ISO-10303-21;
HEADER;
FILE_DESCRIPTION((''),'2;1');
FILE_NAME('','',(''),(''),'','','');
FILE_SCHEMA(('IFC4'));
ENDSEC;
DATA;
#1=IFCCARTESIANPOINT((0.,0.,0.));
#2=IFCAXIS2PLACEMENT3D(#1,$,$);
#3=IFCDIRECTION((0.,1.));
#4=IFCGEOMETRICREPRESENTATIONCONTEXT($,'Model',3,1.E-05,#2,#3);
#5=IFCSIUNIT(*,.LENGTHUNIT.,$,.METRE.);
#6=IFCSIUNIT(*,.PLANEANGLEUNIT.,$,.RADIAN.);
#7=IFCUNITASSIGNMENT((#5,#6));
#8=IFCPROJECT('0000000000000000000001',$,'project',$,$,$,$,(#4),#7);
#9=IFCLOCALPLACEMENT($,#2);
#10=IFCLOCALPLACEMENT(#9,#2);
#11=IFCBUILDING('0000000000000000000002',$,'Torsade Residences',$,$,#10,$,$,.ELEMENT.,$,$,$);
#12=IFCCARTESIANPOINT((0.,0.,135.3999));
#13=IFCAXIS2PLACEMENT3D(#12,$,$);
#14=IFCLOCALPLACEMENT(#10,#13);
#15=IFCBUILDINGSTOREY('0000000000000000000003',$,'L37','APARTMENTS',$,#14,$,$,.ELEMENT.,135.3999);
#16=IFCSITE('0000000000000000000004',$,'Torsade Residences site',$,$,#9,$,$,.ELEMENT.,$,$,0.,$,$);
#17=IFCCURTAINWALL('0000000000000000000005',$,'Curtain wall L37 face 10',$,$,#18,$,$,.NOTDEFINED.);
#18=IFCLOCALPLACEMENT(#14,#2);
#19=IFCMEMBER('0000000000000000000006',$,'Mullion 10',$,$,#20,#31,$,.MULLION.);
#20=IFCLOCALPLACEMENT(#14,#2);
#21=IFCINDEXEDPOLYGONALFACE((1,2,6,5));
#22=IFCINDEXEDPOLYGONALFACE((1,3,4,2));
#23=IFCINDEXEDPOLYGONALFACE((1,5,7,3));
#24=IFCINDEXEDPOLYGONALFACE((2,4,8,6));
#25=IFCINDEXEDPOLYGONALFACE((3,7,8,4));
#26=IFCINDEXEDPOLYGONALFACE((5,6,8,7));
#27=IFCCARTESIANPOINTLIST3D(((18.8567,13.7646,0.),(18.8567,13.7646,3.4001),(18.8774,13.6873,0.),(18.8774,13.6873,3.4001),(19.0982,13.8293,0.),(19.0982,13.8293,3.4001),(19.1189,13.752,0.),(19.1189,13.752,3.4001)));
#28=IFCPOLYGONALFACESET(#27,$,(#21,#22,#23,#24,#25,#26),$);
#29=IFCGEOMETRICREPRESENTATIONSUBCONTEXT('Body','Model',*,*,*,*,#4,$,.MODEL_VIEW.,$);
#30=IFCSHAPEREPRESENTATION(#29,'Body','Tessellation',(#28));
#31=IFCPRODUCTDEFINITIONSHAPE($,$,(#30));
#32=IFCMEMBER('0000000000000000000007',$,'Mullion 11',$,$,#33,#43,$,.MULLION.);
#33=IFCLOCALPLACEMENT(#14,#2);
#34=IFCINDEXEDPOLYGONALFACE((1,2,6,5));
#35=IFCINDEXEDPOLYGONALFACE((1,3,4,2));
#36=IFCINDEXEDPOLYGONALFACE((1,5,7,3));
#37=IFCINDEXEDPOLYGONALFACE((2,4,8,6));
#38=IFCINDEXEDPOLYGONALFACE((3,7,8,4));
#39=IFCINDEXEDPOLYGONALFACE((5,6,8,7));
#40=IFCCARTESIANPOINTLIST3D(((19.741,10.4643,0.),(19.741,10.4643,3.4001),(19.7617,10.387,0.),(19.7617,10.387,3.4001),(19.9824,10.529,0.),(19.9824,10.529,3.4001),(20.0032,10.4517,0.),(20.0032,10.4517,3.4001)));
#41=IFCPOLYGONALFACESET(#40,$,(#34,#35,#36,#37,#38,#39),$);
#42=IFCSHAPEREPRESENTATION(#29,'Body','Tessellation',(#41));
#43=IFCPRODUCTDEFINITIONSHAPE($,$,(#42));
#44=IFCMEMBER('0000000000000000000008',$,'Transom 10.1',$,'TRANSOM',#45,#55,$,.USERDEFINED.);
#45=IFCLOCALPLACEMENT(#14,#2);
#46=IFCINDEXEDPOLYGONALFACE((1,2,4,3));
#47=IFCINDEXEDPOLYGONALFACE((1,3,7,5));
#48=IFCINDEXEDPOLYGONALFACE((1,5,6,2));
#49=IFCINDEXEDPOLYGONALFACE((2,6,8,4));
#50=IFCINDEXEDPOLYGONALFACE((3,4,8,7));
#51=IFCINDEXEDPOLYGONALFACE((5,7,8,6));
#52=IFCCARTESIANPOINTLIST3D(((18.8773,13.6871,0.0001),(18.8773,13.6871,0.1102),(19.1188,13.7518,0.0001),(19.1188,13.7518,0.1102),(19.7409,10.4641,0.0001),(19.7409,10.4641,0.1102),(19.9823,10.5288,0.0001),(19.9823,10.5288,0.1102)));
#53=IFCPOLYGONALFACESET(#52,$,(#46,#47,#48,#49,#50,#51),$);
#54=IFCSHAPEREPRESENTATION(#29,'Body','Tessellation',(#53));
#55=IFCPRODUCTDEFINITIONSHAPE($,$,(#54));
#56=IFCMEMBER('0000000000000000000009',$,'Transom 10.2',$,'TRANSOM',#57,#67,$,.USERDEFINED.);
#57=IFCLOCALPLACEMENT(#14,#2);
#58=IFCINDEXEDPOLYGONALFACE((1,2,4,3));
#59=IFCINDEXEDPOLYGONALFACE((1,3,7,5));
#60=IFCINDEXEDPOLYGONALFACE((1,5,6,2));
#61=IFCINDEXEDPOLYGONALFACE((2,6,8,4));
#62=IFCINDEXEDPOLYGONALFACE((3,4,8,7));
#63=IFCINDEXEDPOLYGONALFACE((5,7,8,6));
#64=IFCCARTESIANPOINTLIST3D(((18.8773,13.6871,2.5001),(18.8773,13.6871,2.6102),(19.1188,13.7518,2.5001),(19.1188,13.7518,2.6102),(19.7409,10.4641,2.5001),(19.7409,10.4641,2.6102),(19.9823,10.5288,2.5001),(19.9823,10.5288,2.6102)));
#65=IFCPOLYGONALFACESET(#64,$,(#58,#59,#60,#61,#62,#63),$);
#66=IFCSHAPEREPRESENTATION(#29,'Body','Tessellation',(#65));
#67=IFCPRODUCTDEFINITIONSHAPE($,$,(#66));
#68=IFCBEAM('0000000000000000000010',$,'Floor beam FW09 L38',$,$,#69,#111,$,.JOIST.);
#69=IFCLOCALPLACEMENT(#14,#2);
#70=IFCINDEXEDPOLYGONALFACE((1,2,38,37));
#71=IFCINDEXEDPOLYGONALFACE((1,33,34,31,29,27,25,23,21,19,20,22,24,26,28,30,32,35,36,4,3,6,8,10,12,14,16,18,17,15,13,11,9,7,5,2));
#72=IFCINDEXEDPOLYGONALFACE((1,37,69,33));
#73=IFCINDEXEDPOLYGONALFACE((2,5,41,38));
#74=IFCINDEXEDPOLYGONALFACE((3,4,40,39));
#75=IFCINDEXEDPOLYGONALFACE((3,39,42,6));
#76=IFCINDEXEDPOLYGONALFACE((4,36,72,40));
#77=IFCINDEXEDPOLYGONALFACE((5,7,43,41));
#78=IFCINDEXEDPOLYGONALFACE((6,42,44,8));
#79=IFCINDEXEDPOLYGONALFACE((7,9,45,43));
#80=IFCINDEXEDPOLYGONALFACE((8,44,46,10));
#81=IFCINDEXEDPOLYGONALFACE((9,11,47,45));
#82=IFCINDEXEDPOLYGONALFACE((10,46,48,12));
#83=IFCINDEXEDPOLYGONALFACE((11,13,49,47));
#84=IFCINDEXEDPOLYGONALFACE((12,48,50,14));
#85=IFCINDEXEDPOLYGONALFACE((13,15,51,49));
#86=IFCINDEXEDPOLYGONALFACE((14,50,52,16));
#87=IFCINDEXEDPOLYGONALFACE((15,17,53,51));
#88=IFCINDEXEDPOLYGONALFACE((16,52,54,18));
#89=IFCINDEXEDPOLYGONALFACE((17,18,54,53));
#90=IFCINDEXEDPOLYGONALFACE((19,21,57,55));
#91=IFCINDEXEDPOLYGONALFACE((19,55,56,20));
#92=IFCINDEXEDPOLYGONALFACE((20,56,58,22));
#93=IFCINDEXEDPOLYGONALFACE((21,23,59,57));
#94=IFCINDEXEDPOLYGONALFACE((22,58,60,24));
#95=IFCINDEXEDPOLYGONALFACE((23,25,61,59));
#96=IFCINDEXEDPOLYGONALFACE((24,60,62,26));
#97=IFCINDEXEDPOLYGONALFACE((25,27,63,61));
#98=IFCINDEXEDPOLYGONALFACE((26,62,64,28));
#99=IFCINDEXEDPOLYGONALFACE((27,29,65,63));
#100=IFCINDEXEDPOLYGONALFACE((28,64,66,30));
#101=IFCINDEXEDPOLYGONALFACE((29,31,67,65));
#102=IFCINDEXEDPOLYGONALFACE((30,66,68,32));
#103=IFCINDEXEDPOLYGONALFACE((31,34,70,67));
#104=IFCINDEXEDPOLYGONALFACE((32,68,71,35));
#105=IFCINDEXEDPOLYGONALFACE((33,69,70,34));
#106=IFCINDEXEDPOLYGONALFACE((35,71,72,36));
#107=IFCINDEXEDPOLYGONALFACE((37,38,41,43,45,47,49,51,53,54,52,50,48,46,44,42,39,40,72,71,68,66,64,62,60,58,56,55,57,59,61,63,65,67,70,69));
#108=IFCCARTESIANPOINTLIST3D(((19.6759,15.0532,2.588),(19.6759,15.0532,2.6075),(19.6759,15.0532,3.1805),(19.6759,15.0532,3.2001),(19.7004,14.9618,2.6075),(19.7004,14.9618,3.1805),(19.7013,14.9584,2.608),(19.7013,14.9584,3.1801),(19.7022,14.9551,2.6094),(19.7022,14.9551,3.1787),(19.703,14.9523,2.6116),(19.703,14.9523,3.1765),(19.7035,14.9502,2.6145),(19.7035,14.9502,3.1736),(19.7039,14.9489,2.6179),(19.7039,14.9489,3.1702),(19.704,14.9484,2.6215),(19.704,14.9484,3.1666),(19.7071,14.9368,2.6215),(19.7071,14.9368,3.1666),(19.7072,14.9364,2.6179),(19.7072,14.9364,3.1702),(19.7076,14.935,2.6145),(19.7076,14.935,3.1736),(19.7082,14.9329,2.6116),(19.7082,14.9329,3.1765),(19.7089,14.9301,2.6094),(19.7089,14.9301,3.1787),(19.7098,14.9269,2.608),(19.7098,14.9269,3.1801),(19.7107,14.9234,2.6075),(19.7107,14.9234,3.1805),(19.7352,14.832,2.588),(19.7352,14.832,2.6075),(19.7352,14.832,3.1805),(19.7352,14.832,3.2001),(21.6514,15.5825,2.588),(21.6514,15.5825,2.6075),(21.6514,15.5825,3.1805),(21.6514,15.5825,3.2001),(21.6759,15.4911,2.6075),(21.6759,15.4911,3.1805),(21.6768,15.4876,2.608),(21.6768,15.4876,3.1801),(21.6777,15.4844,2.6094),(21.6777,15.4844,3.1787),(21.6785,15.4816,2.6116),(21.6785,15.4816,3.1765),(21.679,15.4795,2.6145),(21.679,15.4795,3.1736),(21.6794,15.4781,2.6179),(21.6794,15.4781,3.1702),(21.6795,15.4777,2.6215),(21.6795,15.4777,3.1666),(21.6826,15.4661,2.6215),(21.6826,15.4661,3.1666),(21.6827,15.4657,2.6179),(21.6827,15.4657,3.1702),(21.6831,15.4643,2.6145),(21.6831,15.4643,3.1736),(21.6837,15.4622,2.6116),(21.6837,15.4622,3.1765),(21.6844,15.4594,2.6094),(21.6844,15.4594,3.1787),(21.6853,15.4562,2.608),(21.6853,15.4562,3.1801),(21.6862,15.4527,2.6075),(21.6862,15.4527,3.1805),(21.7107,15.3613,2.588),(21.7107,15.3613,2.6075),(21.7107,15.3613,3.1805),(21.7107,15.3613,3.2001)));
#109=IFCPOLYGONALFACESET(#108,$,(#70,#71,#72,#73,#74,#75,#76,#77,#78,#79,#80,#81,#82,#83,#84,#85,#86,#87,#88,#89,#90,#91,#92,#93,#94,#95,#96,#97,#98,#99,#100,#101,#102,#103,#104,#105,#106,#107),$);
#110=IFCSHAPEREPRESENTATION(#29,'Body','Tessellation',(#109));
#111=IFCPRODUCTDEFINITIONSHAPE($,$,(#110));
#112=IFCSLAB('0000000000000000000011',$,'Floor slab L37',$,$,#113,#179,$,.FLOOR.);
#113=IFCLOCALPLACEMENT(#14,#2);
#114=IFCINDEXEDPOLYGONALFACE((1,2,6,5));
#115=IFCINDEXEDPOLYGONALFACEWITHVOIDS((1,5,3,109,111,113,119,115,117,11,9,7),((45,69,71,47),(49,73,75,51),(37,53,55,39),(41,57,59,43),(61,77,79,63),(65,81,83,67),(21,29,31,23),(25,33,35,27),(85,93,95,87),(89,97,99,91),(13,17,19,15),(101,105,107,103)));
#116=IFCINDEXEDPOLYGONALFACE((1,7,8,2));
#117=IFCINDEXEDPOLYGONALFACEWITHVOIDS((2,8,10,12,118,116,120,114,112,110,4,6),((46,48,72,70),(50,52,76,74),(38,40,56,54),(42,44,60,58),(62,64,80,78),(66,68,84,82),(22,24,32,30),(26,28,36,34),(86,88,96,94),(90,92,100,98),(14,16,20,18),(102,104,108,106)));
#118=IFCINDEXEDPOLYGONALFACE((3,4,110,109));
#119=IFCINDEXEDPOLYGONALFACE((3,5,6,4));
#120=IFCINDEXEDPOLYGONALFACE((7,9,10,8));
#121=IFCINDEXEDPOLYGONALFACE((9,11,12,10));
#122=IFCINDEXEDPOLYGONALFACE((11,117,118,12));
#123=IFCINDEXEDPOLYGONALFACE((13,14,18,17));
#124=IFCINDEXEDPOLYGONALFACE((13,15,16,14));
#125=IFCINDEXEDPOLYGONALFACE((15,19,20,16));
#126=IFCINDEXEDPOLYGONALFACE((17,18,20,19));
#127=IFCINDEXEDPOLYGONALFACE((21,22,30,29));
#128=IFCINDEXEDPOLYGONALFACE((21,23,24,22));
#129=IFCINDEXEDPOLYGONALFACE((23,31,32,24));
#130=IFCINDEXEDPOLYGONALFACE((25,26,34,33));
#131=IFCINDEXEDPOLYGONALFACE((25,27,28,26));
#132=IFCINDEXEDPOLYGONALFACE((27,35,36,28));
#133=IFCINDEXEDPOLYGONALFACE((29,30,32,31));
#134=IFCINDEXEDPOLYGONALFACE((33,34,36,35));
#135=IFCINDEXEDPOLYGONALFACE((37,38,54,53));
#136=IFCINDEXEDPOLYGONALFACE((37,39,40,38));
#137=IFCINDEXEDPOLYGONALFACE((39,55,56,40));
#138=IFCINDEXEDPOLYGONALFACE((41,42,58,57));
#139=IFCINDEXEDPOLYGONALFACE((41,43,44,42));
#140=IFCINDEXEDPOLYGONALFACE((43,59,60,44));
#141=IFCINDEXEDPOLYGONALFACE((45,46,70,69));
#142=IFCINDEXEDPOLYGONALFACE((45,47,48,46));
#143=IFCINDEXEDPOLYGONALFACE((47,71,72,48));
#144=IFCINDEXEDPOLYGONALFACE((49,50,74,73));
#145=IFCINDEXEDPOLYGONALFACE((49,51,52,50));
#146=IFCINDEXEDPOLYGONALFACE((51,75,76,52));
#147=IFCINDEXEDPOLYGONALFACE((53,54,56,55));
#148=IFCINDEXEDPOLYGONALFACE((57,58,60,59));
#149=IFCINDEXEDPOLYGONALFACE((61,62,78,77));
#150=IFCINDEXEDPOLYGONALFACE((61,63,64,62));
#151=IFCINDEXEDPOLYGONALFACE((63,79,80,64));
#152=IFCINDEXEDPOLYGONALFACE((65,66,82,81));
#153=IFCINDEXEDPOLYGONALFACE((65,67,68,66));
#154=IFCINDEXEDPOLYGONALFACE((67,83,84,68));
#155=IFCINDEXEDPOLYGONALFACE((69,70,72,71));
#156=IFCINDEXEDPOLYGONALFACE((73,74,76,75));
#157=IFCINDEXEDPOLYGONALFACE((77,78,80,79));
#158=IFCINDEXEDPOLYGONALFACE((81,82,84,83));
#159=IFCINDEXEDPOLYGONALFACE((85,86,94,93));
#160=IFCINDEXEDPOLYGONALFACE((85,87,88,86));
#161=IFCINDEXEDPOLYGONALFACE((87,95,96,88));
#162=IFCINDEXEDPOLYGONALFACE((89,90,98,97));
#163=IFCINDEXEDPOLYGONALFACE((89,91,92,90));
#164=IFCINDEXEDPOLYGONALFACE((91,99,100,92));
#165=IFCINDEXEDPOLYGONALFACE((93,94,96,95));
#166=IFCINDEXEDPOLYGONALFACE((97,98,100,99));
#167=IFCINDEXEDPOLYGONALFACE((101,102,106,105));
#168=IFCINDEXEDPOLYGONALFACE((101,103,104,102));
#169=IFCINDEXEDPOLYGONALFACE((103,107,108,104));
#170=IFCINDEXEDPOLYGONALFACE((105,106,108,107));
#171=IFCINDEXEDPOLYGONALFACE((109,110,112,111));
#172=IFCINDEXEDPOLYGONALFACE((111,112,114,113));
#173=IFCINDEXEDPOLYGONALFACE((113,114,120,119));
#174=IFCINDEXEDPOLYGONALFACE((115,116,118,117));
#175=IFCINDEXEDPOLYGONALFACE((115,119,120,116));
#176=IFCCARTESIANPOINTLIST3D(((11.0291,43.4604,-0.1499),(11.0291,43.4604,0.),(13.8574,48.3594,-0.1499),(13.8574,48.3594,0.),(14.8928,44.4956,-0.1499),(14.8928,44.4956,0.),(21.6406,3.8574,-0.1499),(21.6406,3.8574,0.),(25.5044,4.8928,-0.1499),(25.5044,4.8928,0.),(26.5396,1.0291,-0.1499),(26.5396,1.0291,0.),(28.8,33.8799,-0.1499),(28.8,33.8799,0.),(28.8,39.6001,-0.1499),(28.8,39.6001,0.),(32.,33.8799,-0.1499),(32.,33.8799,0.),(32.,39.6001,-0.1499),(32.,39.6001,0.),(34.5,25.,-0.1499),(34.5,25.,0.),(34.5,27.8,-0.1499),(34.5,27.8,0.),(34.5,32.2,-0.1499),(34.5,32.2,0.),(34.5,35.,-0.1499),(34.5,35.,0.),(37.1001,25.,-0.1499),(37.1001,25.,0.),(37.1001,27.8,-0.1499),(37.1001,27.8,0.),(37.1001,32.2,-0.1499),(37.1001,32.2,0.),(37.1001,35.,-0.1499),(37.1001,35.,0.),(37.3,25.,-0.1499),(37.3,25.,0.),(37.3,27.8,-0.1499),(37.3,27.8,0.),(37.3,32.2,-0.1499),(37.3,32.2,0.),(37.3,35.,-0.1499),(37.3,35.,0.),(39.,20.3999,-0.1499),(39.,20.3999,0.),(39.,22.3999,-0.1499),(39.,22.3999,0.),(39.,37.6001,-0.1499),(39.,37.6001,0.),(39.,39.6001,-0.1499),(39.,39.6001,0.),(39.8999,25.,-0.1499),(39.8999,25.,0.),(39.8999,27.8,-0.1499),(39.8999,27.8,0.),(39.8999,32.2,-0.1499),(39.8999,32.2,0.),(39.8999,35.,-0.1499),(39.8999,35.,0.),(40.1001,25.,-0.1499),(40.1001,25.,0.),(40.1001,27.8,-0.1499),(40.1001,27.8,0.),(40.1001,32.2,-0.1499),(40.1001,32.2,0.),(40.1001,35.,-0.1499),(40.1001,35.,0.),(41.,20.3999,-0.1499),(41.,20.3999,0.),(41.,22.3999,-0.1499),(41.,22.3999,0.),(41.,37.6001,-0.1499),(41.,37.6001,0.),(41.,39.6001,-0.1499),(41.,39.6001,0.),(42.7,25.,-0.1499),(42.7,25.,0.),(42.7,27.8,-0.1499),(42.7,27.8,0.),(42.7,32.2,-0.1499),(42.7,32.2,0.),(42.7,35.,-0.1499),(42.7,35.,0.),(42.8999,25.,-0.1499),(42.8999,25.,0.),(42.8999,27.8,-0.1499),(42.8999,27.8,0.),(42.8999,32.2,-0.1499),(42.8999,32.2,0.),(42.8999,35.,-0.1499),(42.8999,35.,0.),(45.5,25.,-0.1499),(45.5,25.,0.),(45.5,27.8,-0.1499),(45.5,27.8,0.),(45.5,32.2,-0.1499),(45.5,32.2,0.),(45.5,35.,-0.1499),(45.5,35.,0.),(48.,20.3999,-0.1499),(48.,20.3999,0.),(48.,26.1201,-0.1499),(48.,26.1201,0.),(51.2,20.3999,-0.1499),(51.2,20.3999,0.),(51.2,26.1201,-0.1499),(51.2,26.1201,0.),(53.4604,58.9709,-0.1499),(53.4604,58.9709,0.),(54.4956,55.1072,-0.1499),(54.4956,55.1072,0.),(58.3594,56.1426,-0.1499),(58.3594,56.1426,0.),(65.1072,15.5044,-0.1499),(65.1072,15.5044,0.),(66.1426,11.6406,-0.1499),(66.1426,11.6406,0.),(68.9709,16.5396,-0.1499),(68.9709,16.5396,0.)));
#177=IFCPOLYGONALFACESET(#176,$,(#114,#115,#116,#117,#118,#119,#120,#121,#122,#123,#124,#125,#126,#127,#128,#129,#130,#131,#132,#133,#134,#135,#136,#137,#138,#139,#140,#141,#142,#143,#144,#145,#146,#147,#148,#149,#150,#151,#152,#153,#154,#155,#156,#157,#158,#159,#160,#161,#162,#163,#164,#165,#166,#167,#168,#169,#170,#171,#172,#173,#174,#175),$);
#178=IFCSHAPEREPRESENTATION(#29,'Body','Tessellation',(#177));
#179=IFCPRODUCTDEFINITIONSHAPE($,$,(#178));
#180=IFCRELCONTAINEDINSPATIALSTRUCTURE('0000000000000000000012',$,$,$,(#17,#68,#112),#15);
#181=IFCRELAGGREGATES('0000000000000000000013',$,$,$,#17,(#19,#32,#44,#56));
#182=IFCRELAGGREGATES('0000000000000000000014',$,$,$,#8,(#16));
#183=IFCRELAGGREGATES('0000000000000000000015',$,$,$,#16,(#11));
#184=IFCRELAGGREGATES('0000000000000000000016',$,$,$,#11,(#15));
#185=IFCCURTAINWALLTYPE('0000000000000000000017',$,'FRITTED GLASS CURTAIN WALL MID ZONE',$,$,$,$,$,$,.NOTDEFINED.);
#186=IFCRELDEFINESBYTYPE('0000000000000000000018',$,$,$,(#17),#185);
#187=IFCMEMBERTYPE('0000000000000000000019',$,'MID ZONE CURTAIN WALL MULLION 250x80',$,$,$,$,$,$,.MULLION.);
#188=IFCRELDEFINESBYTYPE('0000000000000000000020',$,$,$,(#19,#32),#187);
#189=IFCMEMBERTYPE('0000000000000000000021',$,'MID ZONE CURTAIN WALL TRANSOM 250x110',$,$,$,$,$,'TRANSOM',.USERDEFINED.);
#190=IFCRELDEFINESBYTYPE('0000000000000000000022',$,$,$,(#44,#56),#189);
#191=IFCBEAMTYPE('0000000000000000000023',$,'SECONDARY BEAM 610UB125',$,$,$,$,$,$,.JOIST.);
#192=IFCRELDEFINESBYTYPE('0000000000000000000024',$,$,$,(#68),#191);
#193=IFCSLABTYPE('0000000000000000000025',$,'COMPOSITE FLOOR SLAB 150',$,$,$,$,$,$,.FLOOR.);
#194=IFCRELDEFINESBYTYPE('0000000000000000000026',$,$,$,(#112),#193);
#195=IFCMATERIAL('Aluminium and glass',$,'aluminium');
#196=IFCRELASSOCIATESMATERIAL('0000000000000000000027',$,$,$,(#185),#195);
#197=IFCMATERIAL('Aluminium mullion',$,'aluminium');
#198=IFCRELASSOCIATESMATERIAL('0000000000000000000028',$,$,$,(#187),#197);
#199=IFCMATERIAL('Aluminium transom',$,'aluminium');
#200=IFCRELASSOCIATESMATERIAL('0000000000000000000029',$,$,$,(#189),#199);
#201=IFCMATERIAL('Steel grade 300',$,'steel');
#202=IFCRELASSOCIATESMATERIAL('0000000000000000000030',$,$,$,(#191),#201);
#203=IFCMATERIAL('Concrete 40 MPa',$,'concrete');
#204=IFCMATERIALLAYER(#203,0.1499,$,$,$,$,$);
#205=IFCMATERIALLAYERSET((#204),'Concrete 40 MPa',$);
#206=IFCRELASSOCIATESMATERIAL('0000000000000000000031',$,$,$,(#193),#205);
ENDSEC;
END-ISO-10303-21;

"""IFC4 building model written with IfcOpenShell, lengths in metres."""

from ifc_helpers import new_model, si_unit, direction, frame, origin, origin_2d, place, context, subcontext, project, spatial, polyline, rectangle, i_section, outline, extrude, material, layer, layer_set, material_profile, profile_set, type_object, element, aggregate, save


model = new_model("IFC4")

# Units and contexts
model_context = context("Model", 3, precision=1e-05, world=origin(), true_north=direction((0.0, 1.0)))
body_context = subcontext(model_context, "Body", "Model", "MODEL_VIEW")
ifc_project = project(units=[si_unit("LENGTHUNIT", "METRE"), si_unit("PLANEANGLEUNIT", "RADIAN")], contexts=[model_context])

# Site, building, storey
site_placement = place(None, origin())
site = spatial("IfcSite", under=ifc_project, at=site_placement, Name="Torsade Residences site", CompositionType="ELEMENT", RefElevation=0.0)
building_placement = place(site_placement, origin())
building = spatial("IfcBuilding", under=site, at=building_placement, Name="Torsade Residences", CompositionType="ELEMENT")
storey_placement = place(building_placement, frame((0.0, 0.0, 135.3999)))
storey = spatial("IfcBuildingStorey", under=building, at=storey_placement, Name="L37", Description="APARTMENTS", CompositionType="ELEMENT", Elevation=135.3999)

# Curtain wall, members
ifc_material_1 = material(Name="Aluminium and glass", Category="aluminium")
curtain_wall_type = type_object("IfcCurtainWallType", Name="FRITTED GLASS CURTAIN WALL MID ZONE", PredefinedType="NOTDEFINED", material=ifc_material_1)
curtain_wall_placement = place(storey_placement, origin())
curtain_wall = element("IfcCurtainWall", 1, at=curtain_wall_placement, inside=storey, type_object=curtain_wall_type, Name="Curtain wall L37 face 10", PredefinedType="NOTDEFINED")
ifc_material_2 = material(Name="Aluminium mullion", Category="aluminium")
ifc_material_profile_1 = material_profile(ifc_material_2, rectangle(XDim=0.25, YDim=0.0801, at=origin_2d()), Name="MID ZONE CURTAIN WALL MULLION 250x80")
ifc_profile_set_1 = profile_set([ifc_material_profile_1], Name="Aluminium mullion")
member_type_1 = type_object("IfcMemberType", Name="MID ZONE CURTAIN WALL MULLION 250x80", PredefinedType="MULLION", material=ifc_profile_set_1)
member_1_placement = place(storey_placement, frame((18.9878, 13.7583, 0.0), z_axis=(0.0, 0.0, 1.0), x_axis=(0.965926, 0.258819, 0.0)))
member_1 = element("IfcMember", 2, at=member_1_placement, type_object=member_type_1, Name="Mullion 10", PredefinedType="MULLION", context=body_context, shape_type="SweptSolid", body=[
    extrude(rectangle(XDim=0.25, YDim=0.0801, at=origin_2d()), origin(), (0.0, 0.0, 1.0), 3.4001),
])
member_2_placement = place(storey_placement, frame((19.8721, 10.458, 0.0), z_axis=(0.0, 0.0, 1.0), x_axis=(0.965926, 0.258819, 0.0)))
member_2 = element("IfcMember", 3, at=member_2_placement, type_object=member_type_1, Name="Mullion 11", PredefinedType="MULLION", context=body_context, shape_type="SweptSolid", body=[
    extrude(rectangle(XDim=0.25, YDim=0.0801, at=origin_2d()), origin(), (0.0, 0.0, 1.0), 3.4001),
])
ifc_material_3 = material(Name="Aluminium transom", Category="aluminium")
ifc_material_profile_2 = material_profile(ifc_material_3, rectangle(XDim=0.25, YDim=0.1101, at=origin_2d()), Name="MID ZONE CURTAIN WALL TRANSOM 250x110")
ifc_profile_set_2 = profile_set([ifc_material_profile_2], Name="Aluminium transom")
member_type_2 = type_object("IfcMemberType", Name="MID ZONE CURTAIN WALL TRANSOM 250x110", ElementType="TRANSOM", PredefinedType="USERDEFINED", material=ifc_profile_set_2)
member_3_placement = place(storey_placement, frame((18.998, 13.7195, 0.0552), z_axis=(0.258806, -0.965929, 0.0), x_axis=(0.965929, 0.258806, 0.0)))
member_3 = element("IfcMember", 4, at=member_3_placement, type_object=member_type_2, Name="Transom 10.1", ObjectType="TRANSOM", PredefinedType="USERDEFINED", context=body_context, shape_type="SweptSolid", body=[
    extrude(rectangle(XDim=0.25, YDim=0.1101, at=origin_2d()), origin(), (0.0, 0.0, 1.0), 3.3367),
])
member_4_placement = place(storey_placement, frame((18.998, 13.7195, 2.5552), z_axis=(0.258806, -0.965929, 0.0), x_axis=(0.965929, 0.258806, 0.0)))
member_4 = element("IfcMember", 5, at=member_4_placement, type_object=member_type_2, Name="Transom 10.2", ObjectType="TRANSOM", PredefinedType="USERDEFINED", context=body_context, shape_type="SweptSolid", body=[
    extrude(rectangle(XDim=0.25, YDim=0.1101, at=origin_2d()), origin(), (0.0, 0.0, 1.0), 3.3367),
])

# Beam
ifc_material_4 = material(Name="Steel grade 300", Category="steel")
ifc_material_profile_3 = material_profile(ifc_material_4, i_section(OverallWidth=0.229, OverallDepth=0.6121, WebThickness=0.012, FlangeThickness=0.0195, FilletRadius=0.0139, at=origin_2d()), Name="610UB125")
ifc_profile_set_3 = profile_set([ifc_material_profile_3], Name="Steel grade 300")
beam_type = type_object("IfcBeamType", Name="SECONDARY BEAM 610UB125", PredefinedType="JOIST", material=ifc_profile_set_3)
beam_placement = place(storey_placement, frame((19.7056, 14.9426, 2.894), z_axis=(0.965933, 0.258792, 0.0), x_axis=(-0.258792, 0.965933, 0.0)))
element("IfcBeam", 6, at=beam_placement, inside=storey, type_object=beam_type, Name="Floor beam FW09 L38", PredefinedType="JOIST", context=body_context, shape_type="SweptSolid", body=[
    extrude(i_section(OverallWidth=0.229, OverallDepth=0.6121, WebThickness=0.012, FlangeThickness=0.0195, FilletRadius=0.0139, at=origin_2d()), origin(), (0.0, 0.0, 1.0), 2.0452),
])

# Slab
ifc_material_5 = material(Name="Concrete 40 MPa", Category="concrete")
ifc_layer_1 = layer(ifc_material_5, 0.1499)
ifc_layer_set_1 = layer_set([ifc_layer_1], Name="Concrete 40 MPa")
slab_type_1 = type_object("IfcSlabType", Name="COMPOSITE FLOOR SLAB 150", PredefinedType="FLOOR", material=ifc_layer_set_1)
slab_1_placement = place(storey_placement, frame((0.0, 0.0, -0.1499)))
element("IfcSlab", 7, at=slab_1_placement, inside=storey, type_object=slab_type_1, Name="Floor slab L37", PredefinedType="FLOOR", context=body_context, shape_type="SweptSolid", body=[
    extrude(outline(polyline([(26.5396, 1.0291), (66.1426, 11.6406), (65.1072, 15.5044), (68.9709, 16.5396), (58.3594, 56.1426), (54.4956, 55.1072), (53.4604, 58.9709), (13.8574, 48.3594), (14.8928, 44.4956), (11.0291, 43.4604), (21.6406, 3.8574), (25.5044, 4.8928), (26.5396, 1.0291)]), holes=[polyline([(51.2, 20.3999), (51.2, 26.1201), (48.0, 26.1201), (48.0, 20.3999), (51.2, 20.3999)]), polyline([(45.5, 27.8), (42.8999, 27.8), (42.8999, 25.0), (45.5, 25.0), (45.5, 27.8)]), polyline([(45.5, 32.2), (45.5, 35.0), (42.8999, 35.0), (42.8999, 32.2), (45.5, 32.2)]), polyline([(42.7, 25.0), (42.7, 27.8), (40.1001, 27.8), (40.1001, 25.0), (42.7, 25.0)]), polyline([(42.7, 32.2), (42.7, 35.0), (40.1001, 35.0), (40.1001, 32.2), (42.7, 32.2)]), polyline([(41.0, 22.3999), (39.0, 22.3999), (39.0, 20.3999), (41.0, 20.3999), (41.0, 22.3999)]), polyline([(41.0, 37.6001), (41.0, 39.6001), (39.0, 39.6001), (39.0, 37.6001), (41.0, 37.6001)]), polyline([(39.8999, 25.0), (39.8999, 27.8), (37.3, 27.8), (37.3, 25.0), (39.8999, 25.0)]), polyline([(39.8999, 35.0), (37.3, 35.0), (37.3, 32.2), (39.8999, 32.2), (39.8999, 35.0)]), polyline([(37.1001, 27.8), (34.5, 27.8), (34.5, 25.0), (37.1001, 25.0), (37.1001, 27.8)]), polyline([(37.1001, 32.2), (37.1001, 35.0), (34.5, 35.0), (34.5, 32.2), (37.1001, 32.2)]), polyline([(32.0, 33.8799), (32.0, 39.6001), (28.8, 39.6001), (28.8, 33.8799), (32.0, 33.8799)])]), origin(), (0.0, 0.0, 1.0), 0.1499),
])

aggregate(curtain_wall, [member_1, member_2, member_3, member_4])

save(model, "model.ifc")
